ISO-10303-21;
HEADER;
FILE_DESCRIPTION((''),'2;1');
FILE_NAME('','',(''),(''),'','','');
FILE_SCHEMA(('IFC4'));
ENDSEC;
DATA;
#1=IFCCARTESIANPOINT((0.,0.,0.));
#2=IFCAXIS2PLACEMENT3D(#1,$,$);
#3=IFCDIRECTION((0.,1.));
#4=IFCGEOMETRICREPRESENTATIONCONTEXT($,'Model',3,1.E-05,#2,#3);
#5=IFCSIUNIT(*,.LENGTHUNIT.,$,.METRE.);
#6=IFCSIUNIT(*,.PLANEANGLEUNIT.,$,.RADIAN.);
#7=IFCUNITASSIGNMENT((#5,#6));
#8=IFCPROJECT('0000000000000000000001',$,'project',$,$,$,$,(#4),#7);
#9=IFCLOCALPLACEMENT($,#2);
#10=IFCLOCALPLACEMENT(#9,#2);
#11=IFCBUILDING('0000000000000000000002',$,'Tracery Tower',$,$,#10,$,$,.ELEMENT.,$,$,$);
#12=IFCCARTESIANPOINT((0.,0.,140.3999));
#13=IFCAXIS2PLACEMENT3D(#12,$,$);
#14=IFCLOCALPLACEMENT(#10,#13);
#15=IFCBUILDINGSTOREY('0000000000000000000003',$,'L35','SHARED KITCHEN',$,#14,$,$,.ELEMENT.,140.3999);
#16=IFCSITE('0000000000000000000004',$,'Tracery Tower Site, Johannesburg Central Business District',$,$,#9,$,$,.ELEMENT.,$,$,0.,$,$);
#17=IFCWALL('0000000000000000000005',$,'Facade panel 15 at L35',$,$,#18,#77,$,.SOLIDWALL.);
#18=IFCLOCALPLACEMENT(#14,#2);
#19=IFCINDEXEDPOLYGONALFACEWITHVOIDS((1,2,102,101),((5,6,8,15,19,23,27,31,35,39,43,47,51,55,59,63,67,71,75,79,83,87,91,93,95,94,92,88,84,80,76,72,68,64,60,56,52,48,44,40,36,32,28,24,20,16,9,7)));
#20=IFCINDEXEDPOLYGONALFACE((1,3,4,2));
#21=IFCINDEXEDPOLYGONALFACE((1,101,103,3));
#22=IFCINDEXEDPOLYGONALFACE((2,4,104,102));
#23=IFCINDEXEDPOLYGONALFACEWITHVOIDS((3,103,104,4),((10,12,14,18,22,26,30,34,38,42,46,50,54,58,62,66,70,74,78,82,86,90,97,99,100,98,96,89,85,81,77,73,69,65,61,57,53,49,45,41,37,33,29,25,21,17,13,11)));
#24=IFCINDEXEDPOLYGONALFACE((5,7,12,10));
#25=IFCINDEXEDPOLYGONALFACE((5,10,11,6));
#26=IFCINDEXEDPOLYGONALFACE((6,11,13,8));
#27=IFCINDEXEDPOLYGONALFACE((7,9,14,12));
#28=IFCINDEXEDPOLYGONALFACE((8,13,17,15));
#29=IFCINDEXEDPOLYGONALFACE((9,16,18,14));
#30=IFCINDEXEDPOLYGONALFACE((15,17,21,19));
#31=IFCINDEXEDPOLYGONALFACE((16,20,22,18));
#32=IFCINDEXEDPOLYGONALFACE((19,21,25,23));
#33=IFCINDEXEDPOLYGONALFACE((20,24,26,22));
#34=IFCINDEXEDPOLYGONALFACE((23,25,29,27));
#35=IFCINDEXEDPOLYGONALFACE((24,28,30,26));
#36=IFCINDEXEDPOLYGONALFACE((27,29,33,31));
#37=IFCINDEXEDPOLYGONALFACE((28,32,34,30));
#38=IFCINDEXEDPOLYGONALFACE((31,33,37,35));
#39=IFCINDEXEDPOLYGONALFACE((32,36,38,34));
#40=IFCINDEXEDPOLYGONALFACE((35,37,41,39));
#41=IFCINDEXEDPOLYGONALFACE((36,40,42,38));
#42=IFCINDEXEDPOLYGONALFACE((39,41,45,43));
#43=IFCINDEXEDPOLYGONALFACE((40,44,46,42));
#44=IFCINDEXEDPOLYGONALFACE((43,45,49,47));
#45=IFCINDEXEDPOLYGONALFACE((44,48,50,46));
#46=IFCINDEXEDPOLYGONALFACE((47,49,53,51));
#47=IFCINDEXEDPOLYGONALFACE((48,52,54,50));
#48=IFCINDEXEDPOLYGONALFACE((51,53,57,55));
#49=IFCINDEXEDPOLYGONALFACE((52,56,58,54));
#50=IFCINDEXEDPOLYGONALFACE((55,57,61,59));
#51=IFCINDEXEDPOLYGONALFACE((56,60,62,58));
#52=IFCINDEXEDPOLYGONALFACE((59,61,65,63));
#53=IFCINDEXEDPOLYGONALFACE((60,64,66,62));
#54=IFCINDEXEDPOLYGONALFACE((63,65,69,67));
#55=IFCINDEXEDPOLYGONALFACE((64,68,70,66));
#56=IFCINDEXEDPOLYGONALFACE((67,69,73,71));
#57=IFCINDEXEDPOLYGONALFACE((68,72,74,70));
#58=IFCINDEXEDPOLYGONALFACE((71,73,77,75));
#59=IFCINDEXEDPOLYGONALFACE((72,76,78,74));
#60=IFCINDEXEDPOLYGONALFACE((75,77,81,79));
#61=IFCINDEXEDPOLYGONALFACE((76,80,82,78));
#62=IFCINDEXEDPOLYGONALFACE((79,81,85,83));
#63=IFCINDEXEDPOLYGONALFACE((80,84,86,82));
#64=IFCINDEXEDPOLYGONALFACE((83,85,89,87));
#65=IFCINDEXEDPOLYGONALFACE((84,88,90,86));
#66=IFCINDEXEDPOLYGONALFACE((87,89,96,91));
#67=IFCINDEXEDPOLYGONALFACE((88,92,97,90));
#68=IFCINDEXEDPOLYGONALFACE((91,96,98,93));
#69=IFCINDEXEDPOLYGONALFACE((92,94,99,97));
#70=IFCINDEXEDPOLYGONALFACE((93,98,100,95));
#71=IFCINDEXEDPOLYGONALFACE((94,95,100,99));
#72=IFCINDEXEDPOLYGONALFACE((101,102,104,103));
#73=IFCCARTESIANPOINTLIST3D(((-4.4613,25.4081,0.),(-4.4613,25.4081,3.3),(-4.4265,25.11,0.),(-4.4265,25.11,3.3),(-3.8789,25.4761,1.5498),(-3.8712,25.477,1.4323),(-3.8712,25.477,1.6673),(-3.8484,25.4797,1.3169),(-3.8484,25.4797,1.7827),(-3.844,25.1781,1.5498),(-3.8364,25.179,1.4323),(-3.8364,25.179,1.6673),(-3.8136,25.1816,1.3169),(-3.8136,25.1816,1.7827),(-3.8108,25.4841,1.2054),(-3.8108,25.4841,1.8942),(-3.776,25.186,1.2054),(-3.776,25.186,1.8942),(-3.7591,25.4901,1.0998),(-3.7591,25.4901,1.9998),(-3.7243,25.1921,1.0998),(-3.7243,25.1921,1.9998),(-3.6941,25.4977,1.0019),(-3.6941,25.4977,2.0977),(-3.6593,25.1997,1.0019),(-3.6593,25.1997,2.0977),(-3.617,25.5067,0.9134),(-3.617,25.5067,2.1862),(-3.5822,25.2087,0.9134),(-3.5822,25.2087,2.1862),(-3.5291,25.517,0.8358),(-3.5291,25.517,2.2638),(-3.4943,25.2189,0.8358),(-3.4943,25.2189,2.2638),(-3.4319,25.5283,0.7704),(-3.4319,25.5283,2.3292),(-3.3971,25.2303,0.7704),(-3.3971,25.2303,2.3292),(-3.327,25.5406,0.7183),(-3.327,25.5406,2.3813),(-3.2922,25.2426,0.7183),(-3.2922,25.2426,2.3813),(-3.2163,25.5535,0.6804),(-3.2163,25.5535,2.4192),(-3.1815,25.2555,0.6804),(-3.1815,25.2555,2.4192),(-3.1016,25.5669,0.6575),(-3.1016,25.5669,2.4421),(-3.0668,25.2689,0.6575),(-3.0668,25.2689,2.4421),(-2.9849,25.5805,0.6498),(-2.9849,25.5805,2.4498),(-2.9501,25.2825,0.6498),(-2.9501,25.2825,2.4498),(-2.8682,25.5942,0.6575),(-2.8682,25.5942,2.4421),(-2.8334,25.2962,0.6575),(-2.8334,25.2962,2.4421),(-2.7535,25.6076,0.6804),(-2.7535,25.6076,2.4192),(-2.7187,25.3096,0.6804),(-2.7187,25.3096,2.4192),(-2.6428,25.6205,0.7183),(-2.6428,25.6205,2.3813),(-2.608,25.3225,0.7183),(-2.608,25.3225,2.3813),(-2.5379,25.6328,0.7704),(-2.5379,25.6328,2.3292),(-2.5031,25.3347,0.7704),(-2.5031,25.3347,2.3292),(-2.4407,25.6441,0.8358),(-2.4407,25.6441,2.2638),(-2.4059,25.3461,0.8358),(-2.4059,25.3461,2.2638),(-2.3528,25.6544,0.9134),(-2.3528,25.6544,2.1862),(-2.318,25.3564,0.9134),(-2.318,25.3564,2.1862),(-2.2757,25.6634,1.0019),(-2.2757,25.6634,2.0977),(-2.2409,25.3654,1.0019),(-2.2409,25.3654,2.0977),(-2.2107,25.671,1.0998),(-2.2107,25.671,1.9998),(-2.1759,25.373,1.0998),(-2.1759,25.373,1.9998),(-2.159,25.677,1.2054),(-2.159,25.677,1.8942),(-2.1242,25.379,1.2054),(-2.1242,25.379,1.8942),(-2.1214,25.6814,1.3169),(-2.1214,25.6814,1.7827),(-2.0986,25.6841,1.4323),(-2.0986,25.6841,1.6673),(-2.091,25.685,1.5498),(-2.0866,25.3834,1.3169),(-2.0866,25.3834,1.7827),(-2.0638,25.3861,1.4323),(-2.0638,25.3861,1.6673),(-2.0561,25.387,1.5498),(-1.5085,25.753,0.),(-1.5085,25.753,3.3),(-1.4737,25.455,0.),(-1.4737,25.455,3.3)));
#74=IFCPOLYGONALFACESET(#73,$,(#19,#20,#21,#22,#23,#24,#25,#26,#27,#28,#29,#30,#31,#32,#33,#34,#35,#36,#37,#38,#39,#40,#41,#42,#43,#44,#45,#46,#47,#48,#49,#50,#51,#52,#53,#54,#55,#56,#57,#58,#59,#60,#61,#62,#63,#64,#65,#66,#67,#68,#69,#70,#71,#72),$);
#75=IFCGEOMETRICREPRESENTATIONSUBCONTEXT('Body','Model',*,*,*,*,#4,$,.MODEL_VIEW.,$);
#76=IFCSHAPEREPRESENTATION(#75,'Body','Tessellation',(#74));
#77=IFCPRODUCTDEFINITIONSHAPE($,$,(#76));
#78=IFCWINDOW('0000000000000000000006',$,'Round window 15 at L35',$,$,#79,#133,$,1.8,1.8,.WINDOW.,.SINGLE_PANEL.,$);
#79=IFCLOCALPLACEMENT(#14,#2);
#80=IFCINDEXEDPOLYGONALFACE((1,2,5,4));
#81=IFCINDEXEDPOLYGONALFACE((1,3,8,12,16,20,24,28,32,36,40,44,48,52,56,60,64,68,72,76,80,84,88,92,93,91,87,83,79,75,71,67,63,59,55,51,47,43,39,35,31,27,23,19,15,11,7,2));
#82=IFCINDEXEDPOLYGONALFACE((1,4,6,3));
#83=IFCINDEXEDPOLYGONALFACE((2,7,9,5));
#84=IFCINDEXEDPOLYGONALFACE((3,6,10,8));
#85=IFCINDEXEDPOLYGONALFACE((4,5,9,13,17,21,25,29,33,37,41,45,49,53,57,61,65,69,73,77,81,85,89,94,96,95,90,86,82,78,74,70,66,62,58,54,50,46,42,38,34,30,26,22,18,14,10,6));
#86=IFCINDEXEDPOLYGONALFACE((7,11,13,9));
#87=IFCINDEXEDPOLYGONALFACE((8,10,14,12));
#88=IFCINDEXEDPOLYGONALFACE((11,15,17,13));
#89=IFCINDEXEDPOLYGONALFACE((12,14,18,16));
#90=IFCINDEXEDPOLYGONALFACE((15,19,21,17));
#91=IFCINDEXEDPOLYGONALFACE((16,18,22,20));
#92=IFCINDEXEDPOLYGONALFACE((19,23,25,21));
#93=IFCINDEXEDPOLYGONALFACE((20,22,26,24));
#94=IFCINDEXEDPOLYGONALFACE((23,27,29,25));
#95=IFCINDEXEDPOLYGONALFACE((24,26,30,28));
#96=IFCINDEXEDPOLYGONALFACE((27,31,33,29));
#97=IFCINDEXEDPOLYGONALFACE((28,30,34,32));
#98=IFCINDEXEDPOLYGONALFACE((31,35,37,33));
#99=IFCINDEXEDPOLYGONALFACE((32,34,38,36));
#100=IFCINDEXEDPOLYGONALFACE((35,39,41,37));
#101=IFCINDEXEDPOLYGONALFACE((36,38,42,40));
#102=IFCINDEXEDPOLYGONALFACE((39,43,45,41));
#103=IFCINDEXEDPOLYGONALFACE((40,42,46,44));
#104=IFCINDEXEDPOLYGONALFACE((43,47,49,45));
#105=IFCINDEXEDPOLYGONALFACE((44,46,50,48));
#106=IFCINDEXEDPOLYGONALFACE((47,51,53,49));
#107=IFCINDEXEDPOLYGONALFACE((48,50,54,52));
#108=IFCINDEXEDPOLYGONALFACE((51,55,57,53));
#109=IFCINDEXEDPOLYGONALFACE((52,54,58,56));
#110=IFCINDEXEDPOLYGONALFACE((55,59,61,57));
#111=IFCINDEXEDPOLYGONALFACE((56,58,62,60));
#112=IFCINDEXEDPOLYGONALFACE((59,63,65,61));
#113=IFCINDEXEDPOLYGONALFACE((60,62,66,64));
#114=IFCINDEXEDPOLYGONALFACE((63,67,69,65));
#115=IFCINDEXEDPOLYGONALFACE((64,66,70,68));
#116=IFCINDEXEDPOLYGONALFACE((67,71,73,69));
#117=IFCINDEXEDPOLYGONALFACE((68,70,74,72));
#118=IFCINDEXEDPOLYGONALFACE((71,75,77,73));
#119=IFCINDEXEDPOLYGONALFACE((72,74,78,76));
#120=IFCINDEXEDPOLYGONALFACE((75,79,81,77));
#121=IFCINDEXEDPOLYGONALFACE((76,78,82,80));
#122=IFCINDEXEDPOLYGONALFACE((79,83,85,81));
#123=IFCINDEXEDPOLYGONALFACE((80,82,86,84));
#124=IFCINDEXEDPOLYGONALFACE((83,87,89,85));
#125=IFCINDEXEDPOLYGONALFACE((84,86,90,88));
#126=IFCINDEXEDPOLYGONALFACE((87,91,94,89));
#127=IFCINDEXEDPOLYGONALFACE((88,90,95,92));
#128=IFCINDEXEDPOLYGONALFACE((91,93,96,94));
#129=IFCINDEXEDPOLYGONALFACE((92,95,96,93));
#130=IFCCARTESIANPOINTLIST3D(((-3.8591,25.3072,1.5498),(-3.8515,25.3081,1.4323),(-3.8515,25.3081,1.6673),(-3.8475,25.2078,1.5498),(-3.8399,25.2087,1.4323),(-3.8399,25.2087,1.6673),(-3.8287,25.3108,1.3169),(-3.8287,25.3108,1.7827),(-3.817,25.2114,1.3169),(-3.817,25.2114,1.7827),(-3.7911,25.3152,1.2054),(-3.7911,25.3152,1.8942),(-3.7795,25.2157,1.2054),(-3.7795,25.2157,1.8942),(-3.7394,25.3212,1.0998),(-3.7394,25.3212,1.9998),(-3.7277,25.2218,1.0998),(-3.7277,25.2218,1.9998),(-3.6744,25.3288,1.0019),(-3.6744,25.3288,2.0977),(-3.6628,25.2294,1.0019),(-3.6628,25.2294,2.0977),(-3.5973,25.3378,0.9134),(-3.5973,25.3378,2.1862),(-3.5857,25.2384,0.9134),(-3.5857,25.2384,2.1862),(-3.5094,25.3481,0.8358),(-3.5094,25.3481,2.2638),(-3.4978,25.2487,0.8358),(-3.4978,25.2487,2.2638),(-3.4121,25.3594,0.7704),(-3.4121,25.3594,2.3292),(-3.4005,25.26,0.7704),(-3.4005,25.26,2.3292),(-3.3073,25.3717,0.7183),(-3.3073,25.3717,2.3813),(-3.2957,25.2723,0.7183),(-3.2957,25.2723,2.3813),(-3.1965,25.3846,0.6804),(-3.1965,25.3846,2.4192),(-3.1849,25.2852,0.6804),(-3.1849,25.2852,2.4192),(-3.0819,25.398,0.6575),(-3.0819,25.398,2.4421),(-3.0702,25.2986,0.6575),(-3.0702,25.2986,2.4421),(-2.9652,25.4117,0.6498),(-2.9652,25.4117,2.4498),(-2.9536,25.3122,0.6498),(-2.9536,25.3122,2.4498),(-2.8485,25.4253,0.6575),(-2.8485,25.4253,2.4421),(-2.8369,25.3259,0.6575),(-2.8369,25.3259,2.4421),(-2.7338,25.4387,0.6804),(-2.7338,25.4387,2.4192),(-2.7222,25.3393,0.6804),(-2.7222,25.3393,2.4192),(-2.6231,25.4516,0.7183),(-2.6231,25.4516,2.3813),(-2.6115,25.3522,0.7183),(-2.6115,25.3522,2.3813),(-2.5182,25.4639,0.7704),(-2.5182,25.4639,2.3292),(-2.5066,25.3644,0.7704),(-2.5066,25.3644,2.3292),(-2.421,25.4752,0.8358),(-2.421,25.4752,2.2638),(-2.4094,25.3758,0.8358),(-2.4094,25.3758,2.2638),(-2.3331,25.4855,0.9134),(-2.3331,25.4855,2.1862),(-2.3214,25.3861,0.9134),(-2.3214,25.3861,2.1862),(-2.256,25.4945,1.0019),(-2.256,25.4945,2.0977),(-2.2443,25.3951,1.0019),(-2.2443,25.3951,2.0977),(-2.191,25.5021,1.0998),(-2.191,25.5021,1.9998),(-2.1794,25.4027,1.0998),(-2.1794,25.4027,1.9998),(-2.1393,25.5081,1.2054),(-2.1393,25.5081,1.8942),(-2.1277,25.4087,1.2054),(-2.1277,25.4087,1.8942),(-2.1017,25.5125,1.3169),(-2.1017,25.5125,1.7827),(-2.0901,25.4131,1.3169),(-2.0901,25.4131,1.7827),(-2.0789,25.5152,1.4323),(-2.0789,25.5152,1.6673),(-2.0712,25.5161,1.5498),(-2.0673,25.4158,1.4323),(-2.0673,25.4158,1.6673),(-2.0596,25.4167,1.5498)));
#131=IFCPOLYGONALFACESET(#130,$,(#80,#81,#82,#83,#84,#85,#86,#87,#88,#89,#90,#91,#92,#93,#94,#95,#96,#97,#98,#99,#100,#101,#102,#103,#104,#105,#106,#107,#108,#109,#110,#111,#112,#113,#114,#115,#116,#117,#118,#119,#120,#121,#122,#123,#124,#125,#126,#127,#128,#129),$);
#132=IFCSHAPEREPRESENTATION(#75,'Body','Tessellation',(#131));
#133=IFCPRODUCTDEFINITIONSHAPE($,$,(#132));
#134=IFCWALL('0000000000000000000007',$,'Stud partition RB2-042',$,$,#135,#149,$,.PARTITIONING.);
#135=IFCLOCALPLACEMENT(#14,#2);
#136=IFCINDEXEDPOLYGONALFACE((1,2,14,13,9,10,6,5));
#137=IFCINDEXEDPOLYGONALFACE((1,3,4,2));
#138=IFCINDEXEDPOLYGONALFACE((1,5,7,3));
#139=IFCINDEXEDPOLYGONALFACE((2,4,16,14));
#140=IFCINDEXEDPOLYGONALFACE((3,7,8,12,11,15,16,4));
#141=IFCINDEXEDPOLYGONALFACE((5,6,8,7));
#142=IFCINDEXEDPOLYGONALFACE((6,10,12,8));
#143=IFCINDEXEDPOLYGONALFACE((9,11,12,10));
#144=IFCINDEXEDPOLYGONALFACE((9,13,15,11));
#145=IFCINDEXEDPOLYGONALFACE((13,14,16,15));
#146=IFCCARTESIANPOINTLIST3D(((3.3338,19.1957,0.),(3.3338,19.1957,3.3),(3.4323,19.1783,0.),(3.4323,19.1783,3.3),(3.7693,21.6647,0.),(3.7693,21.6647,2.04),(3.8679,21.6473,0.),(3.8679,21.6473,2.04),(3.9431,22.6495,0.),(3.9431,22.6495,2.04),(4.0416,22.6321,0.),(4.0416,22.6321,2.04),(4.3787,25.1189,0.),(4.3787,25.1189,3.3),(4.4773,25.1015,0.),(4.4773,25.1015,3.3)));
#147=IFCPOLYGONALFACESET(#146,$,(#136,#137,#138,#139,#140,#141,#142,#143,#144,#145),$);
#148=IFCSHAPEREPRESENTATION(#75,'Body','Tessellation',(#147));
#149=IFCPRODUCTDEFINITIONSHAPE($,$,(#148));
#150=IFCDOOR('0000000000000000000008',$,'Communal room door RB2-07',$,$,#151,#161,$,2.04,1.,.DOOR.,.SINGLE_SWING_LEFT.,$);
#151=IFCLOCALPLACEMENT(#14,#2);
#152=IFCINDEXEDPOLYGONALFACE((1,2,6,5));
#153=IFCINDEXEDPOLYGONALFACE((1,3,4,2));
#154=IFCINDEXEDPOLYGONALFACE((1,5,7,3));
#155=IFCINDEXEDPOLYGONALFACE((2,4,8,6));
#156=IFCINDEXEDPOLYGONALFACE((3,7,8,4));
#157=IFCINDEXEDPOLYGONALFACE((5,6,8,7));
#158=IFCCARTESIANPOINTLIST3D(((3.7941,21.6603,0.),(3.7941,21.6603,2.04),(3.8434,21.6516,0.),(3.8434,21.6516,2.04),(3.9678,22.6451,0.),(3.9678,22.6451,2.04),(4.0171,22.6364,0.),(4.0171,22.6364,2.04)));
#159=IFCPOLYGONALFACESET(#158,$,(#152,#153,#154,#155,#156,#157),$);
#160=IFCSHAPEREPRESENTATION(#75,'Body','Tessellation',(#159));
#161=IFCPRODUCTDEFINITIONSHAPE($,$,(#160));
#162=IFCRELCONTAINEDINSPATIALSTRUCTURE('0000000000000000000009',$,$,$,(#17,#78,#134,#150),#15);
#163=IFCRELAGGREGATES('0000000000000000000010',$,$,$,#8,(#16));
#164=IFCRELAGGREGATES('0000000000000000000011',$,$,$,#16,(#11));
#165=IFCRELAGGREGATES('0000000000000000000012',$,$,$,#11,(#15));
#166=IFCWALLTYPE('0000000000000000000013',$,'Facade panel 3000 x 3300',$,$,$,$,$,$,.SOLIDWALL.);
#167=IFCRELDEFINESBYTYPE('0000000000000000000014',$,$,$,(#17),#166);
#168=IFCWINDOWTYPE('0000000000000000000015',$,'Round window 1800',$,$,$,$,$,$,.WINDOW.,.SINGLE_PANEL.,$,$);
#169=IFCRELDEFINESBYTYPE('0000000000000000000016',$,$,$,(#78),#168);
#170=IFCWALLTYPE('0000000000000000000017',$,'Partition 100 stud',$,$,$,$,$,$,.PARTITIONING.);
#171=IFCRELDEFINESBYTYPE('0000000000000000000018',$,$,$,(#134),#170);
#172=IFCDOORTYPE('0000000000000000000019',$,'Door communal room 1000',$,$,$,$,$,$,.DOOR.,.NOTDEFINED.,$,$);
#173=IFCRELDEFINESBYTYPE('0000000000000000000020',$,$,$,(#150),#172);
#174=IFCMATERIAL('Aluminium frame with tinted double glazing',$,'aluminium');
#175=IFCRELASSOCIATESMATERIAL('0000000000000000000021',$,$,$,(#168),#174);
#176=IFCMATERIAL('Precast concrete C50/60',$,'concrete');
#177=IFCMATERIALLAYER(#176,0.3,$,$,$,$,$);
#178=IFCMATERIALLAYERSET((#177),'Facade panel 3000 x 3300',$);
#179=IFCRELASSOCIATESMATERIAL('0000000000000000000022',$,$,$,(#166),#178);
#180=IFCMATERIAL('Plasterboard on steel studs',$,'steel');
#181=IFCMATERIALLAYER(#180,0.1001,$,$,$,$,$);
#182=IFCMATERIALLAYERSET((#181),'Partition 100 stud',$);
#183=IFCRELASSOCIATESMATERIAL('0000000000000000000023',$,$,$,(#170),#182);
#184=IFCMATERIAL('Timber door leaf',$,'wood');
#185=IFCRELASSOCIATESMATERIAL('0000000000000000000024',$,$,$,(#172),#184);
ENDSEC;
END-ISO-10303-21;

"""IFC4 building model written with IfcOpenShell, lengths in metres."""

from ifc_helpers import new_model, si_unit, direction, frame, frame_2d, origin, origin_2d, place, context, subcontext, project, spatial, rectangle, circle, extrude, material, layer, layer_set, type_object, element, fill, save


model = new_model("IFC4")

# Units and contexts
model_context = context("Model", 3, precision=1e-05, world=origin(), true_north=direction((0.0, 1.0)))
body_context = subcontext(model_context, "Body", "Model", "MODEL_VIEW")
ifc_project = project(units=[si_unit("LENGTHUNIT", "METRE"), si_unit("PLANEANGLEUNIT", "RADIAN")], contexts=[model_context])

# Site, building, storey
site_placement = place(None, origin())
site = spatial("IfcSite", under=ifc_project, at=site_placement, Name="Tracery Tower Site, Johannesburg Central Business District", CompositionType="ELEMENT", RefElevation=0.0)
building_placement = place(site_placement, origin())
building = spatial("IfcBuilding", under=site, at=building_placement, Name="Tracery Tower", CompositionType="ELEMENT")
storey_placement = place(building_placement, frame((0.0, 0.0, 140.3999)))
storey = spatial("IfcBuildingStorey", under=building, at=storey_placement, Name="L35", Description="SHARED KITCHEN", CompositionType="ELEMENT", Elevation=140.3999)

# Wall, opening, window
ifc_material_1 = material(Name="Aluminium frame with tinted double glazing", Category="aluminium")
window_type = type_object("IfcWindowType", Name="Round window 1800", PartitioningType="SINGLE_PANEL", PredefinedType="WINDOW", material=ifc_material_1)
ifc_material_2 = material(Name="Precast concrete C50/60", Category="concrete")
ifc_layer_1 = layer(ifc_material_2, 0.3)
ifc_layer_set_1 = layer_set([ifc_layer_1], Name="Facade panel 3000 x 3300")
wall_type_1 = type_object("IfcWallType", Name="Facade panel 3000 x 3300", PredefinedType="SOLIDWALL", material=ifc_layer_set_1)
wall_1_placement = place(storey_placement, frame((-1.4912, 25.604, 0.0), z_axis=(0.0, 0.0, 1.0), x_axis=(-0.993245, -0.116036, 0.0)))
wall_1 = element("IfcWall", 1, at=wall_1_placement, inside=storey, type_object=wall_type_1, Name="Facade panel 15 at L35", PredefinedType="SOLIDWALL", context=body_context, shape_type="SweptSolid", body=[
    extrude(rectangle(XDim=2.9729, YDim=0.3, at=frame_2d((1.4863, 0.0))), origin(), (0.0, 0.0, 1.0), 3.3),
])
opening_1_placement = place(wall_1_placement, frame((1.4863, 0.0, 1.5498)))
opening_1 = element("IfcOpeningElement", 2, at=opening_1_placement, cuts=wall_1, PredefinedType="OPENING", context=body_context, shape_type="SweptSolid", body=[
    extrude(circle(Radius=0.9, at=origin_2d()), frame((0.0, 0.1599, 0.0), z_axis=(0.0, -1.0, 0.0), x_axis=(1.0, 0.0, 0.0)), (0.0, 0.0, 1.0), 0.3201),
])
window_1_placement = place(opening_1_placement, origin())
window_1 = element("IfcWindow", 3, at=window_1_placement, inside=storey, type_object=window_type, Name="Round window 15 at L35", OverallHeight=1.8, OverallWidth=1.8, PartitioningType="SINGLE_PANEL", PredefinedType="WINDOW", context=body_context, shape_type="SweptSolid", body=[
    extrude(circle(Radius=0.9, at=origin_2d()), frame((0.0, 0.1201, 0.0), z_axis=(0.0, -1.0, 0.0), x_axis=(1.0, 0.0, 0.0)), (0.0, 0.0, 1.0), 0.1001),
])
fill(opening_1, window_1)

# Wall, opening, door
ifc_material_3 = material(Name="Plasterboard on steel studs", Category="steel")
ifc_layer_2 = layer(ifc_material_3, 0.1001)
ifc_layer_set_2 = layer_set([ifc_layer_2], Name="Partition 100 stud")
wall_type_2 = type_object("IfcWallType", Name="Partition 100 stud", PredefinedType="PARTITIONING", material=ifc_layer_set_2)
wall_2_placement = place(storey_placement, frame((3.3831, 19.187, 0.0), z_axis=(0.0, 0.0, 1.0), x_axis=(0.173732, 0.984793, 0.0)))
wall_2 = element("IfcWall", 4, at=wall_2_placement, inside=storey, type_object=wall_type_2, Name="Stud partition RB2-042", PredefinedType="PARTITIONING", context=body_context, shape_type="SweptSolid", body=[
    extrude(rectangle(XDim=6.0146, YDim=0.1001, at=frame_2d((3.0073, 0.0))), origin(), (0.0, 0.0, 1.0), 3.3),
])
opening_2_placement = place(wall_2_placement, frame((2.5071, 0.0, 0.0)))
opening_2 = element("IfcOpeningElement", 5, at=opening_2_placement, cuts=wall_2, PredefinedType="OPENING", context=body_context, shape_type="SweptSolid", body=[
    extrude(rectangle(XDim=1.0, YDim=2.04, at=frame_2d((0.5, 1.02))), frame((0.0, 0.05, 0.0), z_axis=(0.0, -1.0, 0.0), x_axis=(1.0, 0.0, 0.0)), (0.0, 0.0, 1.0), 0.1001),
])
ifc_material_4 = material(Name="Timber door leaf", Category="wood")
door_type_1 = type_object("IfcDoorType", Name="Door communal room 1000", OperationType="NOTDEFINED", PredefinedType="DOOR", material=ifc_material_4)
door_1_placement = place(opening_2_placement, origin())
door_1 = element("IfcDoor", 6, at=door_1_placement, inside=storey, type_object=door_type_1, Name="Communal room door RB2-07", OperationType="SINGLE_SWING_LEFT", OverallHeight=2.04, OverallWidth=1.0, PredefinedType="DOOR", context=body_context, shape_type="SweptSolid", body=[
    extrude(rectangle(XDim=1.0, YDim=2.04, at=frame_2d((0.5, 1.02))), frame((0.0, 0.0249, 0.0), z_axis=(0.0, -1.0, 0.0), x_axis=(1.0, 0.0, 0.0)), (0.0, 0.0, 1.0), 0.05),
])
fill(opening_2, door_1)

save(model, "model.ifc")
